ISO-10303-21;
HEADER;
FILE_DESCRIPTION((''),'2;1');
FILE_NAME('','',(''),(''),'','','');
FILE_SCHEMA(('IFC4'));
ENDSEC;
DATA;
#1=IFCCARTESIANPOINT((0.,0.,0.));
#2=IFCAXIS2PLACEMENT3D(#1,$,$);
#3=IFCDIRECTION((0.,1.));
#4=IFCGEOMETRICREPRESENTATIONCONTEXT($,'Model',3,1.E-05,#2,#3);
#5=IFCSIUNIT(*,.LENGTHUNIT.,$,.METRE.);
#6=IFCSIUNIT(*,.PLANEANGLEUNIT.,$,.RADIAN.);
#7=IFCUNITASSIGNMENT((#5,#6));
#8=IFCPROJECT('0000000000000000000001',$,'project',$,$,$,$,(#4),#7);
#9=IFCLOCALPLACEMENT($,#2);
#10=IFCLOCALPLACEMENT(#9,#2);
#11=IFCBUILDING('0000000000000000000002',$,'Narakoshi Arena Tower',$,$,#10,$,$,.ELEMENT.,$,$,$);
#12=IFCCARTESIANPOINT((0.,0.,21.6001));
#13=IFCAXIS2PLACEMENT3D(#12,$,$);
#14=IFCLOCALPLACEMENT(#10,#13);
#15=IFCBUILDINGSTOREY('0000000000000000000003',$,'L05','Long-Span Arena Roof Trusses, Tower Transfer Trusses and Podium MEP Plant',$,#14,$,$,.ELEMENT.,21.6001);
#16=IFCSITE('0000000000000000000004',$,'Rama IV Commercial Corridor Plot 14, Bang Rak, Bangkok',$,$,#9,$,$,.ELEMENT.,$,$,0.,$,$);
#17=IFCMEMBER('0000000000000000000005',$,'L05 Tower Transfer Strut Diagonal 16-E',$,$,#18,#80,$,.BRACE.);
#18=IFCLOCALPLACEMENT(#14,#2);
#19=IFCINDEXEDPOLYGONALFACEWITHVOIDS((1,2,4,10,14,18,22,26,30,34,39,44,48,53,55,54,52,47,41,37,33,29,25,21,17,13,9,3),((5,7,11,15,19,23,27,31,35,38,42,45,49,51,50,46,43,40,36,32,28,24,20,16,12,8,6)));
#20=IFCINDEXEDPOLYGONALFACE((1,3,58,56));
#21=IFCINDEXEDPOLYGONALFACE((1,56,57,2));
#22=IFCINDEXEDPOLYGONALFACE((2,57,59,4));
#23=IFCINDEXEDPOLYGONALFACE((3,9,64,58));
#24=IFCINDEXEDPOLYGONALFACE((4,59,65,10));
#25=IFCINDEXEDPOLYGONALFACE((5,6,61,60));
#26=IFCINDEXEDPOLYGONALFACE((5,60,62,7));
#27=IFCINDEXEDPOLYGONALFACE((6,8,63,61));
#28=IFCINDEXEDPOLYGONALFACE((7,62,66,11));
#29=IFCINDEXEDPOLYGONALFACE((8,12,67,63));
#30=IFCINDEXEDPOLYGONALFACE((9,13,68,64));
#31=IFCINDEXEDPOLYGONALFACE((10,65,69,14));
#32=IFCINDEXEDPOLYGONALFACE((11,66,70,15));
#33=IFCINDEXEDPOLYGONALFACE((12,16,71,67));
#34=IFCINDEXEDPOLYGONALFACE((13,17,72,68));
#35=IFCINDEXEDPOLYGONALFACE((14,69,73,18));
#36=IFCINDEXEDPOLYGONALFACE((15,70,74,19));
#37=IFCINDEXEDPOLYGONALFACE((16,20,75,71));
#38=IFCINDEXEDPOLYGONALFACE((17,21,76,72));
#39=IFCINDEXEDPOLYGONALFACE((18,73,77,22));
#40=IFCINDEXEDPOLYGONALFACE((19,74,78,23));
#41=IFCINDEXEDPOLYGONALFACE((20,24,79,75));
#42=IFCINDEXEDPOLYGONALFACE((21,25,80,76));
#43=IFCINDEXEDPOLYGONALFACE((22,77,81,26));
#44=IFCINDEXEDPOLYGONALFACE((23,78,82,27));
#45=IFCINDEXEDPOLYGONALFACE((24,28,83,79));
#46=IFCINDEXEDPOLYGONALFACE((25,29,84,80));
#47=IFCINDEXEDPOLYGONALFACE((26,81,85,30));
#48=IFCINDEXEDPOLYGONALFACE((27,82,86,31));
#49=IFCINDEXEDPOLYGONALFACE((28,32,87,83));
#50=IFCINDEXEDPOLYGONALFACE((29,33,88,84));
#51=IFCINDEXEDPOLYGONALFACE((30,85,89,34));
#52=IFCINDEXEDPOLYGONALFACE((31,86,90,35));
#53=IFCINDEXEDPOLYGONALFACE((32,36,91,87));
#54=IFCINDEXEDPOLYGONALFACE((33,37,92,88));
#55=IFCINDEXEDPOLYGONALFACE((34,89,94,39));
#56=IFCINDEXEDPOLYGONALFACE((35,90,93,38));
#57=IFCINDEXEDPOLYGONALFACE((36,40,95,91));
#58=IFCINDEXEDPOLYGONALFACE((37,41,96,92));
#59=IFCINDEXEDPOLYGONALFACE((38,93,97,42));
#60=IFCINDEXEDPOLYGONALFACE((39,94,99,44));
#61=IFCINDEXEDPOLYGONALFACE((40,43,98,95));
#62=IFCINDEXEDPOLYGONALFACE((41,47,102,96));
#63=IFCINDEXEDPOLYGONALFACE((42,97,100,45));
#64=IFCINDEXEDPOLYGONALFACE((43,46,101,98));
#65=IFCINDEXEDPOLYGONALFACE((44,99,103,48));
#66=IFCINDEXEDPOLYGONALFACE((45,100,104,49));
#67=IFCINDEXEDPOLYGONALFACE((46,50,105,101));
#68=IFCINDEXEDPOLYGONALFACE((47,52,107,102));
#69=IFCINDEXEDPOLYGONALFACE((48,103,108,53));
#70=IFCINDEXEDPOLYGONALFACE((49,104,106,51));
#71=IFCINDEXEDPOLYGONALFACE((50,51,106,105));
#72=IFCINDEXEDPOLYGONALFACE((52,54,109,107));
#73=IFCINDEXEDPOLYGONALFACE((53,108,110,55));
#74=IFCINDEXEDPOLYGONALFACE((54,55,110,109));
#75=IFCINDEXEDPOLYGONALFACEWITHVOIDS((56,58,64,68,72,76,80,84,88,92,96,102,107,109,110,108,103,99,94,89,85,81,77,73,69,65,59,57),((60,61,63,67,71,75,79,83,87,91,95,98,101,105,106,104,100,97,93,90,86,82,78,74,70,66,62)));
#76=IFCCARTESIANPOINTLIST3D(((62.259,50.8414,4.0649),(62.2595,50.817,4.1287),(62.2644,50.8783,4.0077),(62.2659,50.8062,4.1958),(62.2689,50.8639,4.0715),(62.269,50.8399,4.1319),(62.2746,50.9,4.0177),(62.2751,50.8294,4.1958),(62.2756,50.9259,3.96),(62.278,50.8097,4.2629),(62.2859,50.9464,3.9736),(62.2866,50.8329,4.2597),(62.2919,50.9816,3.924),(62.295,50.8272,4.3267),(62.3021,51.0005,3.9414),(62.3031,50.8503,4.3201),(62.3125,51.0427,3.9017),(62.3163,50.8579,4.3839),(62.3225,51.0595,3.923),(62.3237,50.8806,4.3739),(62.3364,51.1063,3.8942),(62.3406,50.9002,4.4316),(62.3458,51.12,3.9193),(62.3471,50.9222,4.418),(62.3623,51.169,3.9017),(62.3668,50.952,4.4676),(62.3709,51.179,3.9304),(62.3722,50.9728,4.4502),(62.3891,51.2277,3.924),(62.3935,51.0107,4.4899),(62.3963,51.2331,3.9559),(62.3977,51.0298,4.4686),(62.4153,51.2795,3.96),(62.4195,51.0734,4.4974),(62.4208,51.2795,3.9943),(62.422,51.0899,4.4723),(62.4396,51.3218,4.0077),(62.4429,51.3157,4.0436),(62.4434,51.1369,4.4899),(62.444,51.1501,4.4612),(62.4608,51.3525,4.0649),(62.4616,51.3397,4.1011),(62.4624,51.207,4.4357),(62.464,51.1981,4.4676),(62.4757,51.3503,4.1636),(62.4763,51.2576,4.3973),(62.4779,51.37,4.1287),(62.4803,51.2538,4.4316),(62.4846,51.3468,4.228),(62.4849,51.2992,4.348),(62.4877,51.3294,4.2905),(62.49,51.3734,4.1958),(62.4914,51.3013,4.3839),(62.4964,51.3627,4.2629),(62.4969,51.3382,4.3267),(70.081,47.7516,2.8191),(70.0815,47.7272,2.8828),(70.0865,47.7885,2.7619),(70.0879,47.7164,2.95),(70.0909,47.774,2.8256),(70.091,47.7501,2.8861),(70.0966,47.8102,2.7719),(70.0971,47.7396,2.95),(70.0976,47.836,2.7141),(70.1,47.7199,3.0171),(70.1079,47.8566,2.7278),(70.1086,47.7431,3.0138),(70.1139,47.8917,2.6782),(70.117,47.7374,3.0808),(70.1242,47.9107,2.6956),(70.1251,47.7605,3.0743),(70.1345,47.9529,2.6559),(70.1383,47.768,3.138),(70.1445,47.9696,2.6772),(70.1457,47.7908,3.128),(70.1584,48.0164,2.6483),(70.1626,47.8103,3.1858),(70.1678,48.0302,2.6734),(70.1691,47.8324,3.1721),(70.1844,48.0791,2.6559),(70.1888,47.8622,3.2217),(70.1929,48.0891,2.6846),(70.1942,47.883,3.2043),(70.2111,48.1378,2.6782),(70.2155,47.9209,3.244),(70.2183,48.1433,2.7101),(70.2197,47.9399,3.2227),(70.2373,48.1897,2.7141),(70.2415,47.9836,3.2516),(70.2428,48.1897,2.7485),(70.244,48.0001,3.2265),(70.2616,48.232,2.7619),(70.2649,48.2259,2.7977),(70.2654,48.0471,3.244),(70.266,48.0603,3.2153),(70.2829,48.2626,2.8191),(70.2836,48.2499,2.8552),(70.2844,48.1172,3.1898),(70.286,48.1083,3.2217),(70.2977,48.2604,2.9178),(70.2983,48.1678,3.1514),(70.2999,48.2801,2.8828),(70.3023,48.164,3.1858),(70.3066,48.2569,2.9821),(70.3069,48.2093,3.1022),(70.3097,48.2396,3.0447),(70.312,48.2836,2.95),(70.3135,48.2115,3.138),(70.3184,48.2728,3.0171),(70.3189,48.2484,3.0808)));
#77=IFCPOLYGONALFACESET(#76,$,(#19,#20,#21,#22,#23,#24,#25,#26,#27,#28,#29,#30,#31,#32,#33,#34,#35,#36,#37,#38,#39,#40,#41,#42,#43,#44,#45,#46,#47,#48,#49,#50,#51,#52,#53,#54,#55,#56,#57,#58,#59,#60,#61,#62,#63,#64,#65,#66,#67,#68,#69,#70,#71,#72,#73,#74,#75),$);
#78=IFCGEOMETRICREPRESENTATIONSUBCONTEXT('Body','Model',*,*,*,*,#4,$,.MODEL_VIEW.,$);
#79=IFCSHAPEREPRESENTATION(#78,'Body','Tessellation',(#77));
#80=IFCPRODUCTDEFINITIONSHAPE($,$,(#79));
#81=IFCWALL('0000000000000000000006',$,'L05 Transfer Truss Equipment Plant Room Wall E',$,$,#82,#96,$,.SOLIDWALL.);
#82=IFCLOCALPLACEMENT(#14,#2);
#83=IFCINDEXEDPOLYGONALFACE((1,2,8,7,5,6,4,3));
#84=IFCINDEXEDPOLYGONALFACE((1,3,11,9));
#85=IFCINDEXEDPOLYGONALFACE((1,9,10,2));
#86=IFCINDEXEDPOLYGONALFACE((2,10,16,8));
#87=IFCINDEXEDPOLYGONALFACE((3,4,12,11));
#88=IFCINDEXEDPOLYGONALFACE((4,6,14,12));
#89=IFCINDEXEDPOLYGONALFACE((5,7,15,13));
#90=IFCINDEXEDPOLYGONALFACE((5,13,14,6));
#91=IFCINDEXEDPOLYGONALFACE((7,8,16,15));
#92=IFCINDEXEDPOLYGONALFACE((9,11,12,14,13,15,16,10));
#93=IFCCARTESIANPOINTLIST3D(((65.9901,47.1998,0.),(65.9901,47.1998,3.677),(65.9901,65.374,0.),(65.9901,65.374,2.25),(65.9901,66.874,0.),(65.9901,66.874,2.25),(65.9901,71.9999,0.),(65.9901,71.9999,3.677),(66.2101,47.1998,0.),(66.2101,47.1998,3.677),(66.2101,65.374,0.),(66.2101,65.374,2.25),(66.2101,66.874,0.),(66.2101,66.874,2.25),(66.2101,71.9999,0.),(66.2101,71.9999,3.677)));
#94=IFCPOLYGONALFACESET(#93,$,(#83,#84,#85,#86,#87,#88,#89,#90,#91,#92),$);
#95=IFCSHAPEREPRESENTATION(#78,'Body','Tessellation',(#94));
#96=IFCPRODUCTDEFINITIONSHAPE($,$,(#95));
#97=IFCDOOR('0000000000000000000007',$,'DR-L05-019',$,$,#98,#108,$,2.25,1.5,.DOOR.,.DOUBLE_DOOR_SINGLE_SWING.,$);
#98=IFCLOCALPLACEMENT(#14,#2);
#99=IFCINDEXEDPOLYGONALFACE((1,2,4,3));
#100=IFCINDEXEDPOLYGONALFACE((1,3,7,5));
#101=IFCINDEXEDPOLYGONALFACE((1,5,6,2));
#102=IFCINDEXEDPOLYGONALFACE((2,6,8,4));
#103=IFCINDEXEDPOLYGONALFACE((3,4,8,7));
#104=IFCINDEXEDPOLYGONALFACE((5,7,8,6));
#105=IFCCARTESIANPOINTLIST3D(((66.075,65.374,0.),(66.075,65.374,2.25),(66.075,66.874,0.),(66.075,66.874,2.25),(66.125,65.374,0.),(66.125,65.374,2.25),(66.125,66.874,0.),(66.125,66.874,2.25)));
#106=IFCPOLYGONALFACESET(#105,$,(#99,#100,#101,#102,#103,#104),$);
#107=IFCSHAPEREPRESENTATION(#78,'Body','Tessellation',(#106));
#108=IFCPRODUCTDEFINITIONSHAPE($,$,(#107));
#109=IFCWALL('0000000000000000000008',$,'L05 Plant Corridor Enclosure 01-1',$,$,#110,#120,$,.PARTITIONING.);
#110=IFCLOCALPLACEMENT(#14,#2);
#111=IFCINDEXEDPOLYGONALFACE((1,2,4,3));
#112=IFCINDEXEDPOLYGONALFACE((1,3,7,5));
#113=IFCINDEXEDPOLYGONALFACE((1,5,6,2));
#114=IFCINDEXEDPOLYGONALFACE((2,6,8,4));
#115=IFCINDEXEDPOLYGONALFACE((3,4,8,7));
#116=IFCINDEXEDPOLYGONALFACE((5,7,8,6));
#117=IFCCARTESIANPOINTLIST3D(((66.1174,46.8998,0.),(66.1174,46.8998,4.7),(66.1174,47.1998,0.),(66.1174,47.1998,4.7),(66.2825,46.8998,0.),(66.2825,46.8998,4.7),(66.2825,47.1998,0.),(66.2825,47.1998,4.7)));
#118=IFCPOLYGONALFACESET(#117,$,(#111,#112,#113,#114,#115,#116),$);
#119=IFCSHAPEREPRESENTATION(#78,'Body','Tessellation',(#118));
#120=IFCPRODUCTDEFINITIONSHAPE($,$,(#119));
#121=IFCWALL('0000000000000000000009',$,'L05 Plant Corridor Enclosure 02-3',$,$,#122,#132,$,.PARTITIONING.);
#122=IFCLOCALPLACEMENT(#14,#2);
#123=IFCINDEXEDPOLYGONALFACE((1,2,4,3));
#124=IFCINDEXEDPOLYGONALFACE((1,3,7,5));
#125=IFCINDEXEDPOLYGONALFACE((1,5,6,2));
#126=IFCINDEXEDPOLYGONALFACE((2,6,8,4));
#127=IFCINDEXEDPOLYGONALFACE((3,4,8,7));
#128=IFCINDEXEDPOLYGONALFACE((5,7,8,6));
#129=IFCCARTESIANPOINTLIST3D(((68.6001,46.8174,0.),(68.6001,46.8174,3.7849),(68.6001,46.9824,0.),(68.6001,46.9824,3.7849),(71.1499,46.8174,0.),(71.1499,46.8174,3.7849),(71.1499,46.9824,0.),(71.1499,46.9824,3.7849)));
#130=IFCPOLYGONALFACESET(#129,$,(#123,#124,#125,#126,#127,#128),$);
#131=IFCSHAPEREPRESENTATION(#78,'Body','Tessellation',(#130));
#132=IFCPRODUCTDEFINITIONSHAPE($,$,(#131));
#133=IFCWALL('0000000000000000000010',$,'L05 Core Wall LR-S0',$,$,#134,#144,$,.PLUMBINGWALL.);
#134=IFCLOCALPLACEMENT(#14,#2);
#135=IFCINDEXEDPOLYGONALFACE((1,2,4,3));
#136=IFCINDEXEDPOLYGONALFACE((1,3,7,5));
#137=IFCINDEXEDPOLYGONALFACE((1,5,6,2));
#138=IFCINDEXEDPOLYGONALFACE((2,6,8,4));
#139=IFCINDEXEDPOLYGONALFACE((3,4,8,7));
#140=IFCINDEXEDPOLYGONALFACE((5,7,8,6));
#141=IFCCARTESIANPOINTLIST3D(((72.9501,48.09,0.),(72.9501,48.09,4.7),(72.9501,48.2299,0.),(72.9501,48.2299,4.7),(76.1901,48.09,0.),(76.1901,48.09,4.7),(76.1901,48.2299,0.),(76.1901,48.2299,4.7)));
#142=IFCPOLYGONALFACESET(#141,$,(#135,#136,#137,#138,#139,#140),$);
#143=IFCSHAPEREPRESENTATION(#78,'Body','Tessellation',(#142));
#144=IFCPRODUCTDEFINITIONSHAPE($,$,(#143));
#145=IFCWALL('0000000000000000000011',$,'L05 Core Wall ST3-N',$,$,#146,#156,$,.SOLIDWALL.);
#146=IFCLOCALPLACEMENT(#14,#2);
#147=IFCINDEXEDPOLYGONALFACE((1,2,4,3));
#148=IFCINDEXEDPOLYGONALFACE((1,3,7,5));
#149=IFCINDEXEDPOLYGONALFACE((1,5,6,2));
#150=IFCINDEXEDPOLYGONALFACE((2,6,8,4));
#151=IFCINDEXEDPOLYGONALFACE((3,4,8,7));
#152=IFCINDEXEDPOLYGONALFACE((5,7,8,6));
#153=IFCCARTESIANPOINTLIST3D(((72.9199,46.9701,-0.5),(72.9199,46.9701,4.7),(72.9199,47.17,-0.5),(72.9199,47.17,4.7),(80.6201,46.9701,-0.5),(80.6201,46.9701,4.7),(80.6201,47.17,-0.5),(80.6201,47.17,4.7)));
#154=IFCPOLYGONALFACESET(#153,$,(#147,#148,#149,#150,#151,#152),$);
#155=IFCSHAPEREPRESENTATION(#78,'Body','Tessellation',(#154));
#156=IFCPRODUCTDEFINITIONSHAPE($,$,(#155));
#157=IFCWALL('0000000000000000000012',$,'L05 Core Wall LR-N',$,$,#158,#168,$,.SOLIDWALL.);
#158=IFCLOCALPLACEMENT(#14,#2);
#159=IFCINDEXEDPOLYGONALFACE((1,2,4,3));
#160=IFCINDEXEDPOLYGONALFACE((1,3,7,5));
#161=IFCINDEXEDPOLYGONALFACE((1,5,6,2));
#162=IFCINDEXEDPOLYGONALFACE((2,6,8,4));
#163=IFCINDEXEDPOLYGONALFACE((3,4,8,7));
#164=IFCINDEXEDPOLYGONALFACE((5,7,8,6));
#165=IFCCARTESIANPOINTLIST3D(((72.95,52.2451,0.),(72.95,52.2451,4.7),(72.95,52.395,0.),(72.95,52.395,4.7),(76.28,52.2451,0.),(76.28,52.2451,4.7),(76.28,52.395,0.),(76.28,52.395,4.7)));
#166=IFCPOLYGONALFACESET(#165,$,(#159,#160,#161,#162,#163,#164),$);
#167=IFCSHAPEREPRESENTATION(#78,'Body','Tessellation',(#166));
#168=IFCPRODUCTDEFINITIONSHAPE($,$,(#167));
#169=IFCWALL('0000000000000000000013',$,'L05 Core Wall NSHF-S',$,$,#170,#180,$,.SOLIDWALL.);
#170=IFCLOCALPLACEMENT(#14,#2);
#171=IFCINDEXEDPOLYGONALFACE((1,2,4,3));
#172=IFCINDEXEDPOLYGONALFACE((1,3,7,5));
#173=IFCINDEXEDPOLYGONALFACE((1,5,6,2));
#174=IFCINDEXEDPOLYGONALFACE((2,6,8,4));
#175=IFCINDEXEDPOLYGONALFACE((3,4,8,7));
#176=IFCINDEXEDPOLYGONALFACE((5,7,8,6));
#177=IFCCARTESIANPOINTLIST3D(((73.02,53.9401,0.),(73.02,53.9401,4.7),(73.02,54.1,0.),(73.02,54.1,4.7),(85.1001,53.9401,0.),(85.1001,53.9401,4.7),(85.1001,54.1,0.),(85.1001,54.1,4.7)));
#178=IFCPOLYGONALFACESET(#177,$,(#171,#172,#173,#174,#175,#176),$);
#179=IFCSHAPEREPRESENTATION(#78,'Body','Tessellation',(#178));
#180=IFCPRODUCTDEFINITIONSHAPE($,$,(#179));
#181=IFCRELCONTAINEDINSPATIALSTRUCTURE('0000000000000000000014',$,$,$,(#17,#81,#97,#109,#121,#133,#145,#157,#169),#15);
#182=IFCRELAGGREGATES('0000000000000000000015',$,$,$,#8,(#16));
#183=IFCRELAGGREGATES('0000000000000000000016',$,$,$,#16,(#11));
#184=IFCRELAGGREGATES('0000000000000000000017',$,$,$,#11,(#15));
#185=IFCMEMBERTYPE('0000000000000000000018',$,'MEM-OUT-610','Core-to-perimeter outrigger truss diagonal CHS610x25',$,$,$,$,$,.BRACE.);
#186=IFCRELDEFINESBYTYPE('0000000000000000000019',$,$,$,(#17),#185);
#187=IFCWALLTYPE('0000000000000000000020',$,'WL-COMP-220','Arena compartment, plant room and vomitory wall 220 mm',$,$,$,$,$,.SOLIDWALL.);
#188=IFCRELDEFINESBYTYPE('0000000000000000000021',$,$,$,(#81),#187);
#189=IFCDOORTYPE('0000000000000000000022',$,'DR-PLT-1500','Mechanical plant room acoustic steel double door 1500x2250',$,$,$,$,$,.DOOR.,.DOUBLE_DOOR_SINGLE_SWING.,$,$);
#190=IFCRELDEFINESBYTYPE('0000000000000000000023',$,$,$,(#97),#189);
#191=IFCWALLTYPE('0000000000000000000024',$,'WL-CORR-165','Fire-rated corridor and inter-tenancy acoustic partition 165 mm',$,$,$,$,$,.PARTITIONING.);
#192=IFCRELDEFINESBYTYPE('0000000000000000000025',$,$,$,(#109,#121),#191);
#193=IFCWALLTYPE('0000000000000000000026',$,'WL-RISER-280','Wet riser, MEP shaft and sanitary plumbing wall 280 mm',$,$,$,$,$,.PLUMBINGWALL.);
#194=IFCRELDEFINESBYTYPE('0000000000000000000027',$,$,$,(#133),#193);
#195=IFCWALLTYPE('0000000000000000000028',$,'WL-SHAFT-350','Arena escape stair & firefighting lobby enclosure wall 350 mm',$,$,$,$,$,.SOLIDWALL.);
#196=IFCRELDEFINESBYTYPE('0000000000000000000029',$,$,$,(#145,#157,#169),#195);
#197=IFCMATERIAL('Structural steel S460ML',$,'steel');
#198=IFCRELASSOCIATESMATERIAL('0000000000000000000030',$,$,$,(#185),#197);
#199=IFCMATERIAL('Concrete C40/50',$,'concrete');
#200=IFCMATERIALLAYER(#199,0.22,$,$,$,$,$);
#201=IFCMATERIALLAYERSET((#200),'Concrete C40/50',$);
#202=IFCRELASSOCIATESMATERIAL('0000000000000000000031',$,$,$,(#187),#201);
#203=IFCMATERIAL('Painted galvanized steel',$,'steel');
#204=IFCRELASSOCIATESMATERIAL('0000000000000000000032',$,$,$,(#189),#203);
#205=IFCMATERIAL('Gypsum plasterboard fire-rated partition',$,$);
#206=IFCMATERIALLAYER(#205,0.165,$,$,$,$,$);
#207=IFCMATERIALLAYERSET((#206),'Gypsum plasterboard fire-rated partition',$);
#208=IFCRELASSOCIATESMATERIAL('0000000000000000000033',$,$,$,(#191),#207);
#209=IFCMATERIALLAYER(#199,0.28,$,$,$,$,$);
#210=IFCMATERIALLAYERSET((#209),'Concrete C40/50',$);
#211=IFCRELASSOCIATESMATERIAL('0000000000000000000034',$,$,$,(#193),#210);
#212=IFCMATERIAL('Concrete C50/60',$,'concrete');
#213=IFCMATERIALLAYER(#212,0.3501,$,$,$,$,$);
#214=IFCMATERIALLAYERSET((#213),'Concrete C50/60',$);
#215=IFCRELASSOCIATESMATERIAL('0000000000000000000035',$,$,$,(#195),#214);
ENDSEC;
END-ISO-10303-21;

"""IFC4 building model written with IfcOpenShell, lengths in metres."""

from ifc_helpers import new_model, si_unit, direction, frame, frame_2d, origin, origin_2d, place, context, subcontext, project, spatial, rectangle, hollow_circle, extrude, material, layer, layer_set, material_profile, profile_set, type_object, element, fill, save


model = new_model("IFC4")

# Units and contexts
model_context = context("Model", 3, precision=1e-05, world=origin(), true_north=direction((0.0, 1.0)))
body_context = subcontext(model_context, "Body", "Model", "MODEL_VIEW")
ifc_project = project(units=[si_unit("LENGTHUNIT", "METRE"), si_unit("PLANEANGLEUNIT", "RADIAN")], contexts=[model_context])

# Site, building, storey
site_placement = place(None, origin())
site = spatial("IfcSite", under=ifc_project, at=site_placement, Name="Rama IV Commercial Corridor Plot 14, Bang Rak, Bangkok", CompositionType="ELEMENT", RefElevation=0.0)
building_placement = place(site_placement, origin())
building = spatial("IfcBuilding", under=site, at=building_placement, Name="Narakoshi Arena Tower", CompositionType="ELEMENT")
storey_placement = place(building_placement, frame((0.0, 0.0, 21.6001)))
storey = spatial("IfcBuildingStorey", under=building, at=storey_placement, Name="L05", Description="Long-Span Arena Roof Trusses, Tower Transfer Trusses and Podium MEP Plant", CompositionType="ELEMENT", Elevation=21.6001)

# Shared definitions
ifc_material_1 = material(Name="Structural steel S460ML", Category="steel")

# Member
ifc_material_profile_1 = material_profile(ifc_material_1, hollow_circle(Radius=0.3049, WallThickness=0.0249, at=origin_2d()), Name="CHS610x25")
ifc_profile_set_1 = profile_set([ifc_material_profile_1], Name="Structural steel S460ML")
member_type = type_object("IfcMemberType", Name="MEM-OUT-610", Description="Core-to-perimeter outrigger truss diagonal CHS610x25", PredefinedType="BRACE", material=ifc_profile_set_1)
member_1_placement = place(storey_placement, frame((70.2, 48.0, 2.95), z_axis=(-0.920026, 0.363427, 0.146537), x_axis=(-0.367393, -0.930066, 0.0)))
element("IfcMember", 1, at=member_1_placement, inside=storey, type_object=member_type, Name="L05 Tower Transfer Strut Diagonal 16-E", PredefinedType="BRACE", context=body_context, shape_type="SweptSolid", body=[
    extrude(hollow_circle(Radius=0.3049, WallThickness=0.0249, at=origin_2d()), origin(), (0.0, 0.0, 1.0), 8.502),
])

# Wall, opening, door
ifc_material_2 = material(Name="Concrete C40/50", Category="concrete")
ifc_layer_1 = layer(ifc_material_2, 0.22)
ifc_layer_set_1 = layer_set([ifc_layer_1], Name="Concrete C40/50")
wall_type_1 = type_object("IfcWallType", Name="WL-COMP-220", Description="Arena compartment, plant room and vomitory wall 220 mm", PredefinedType="SOLIDWALL", material=ifc_layer_set_1)
wall_1_placement = place(storey_placement, frame((66.1001, 47.2, 0.0), z_axis=(0.0, 0.0, 1.0), x_axis=(0.0, 1.0, 0.0)))
wall_1 = element("IfcWall", 2, at=wall_1_placement, inside=storey, type_object=wall_type_1, Name="L05 Transfer Truss Equipment Plant Room Wall E", PredefinedType="SOLIDWALL", context=body_context, shape_type="SweptSolid", body=[
    extrude(rectangle(XDim=24.8, YDim=0.22, at=frame_2d((12.3999, 0.0))), origin(), (0.0, 0.0, 1.0), 3.677),
])
opening_placement = place(wall_1_placement, frame((18.1741, 0.0, 0.0)))
opening = element("IfcOpeningElement", 3, at=opening_placement, cuts=wall_1, PredefinedType="OPENING", context=body_context, shape_type="SweptSolid", body=[
    extrude(rectangle(XDim=1.5, YDim=2.25, at=frame_2d((0.75, 1.125))), frame((0.0, 0.1199, 0.0), z_axis=(0.0, -1.0, 0.0), x_axis=(1.0, 0.0, 0.0)), (0.0, 0.0, 1.0), 0.24),
])
ifc_material_3 = material(Name="Painted galvanized steel", Category="steel")
door_type = type_object("IfcDoorType", Name="DR-PLT-1500", Description="Mechanical plant room acoustic steel double door 1500x2250", OperationType="DOUBLE_DOOR_SINGLE_SWING", PredefinedType="DOOR", material=ifc_material_3)
door_placement = place(opening_placement, frame((1.5, 0.0, 0.0), z_axis=(0.0, 0.0, 1.0), x_axis=(-1.0, 0.0, 0.0)))
door = element("IfcDoor", 4, at=door_placement, inside=storey, type_object=door_type, Name="DR-L05-019", OperationType="DOUBLE_DOOR_SINGLE_SWING", OverallHeight=2.25, OverallWidth=1.5, PredefinedType="DOOR", context=body_context, shape_type="SweptSolid", body=[
    extrude(rectangle(XDim=1.5, YDim=2.25, at=frame_2d((0.75, 1.125))), frame((0.0, 0.0249, 0.0), z_axis=(0.0, -1.0, 0.0), x_axis=(1.0, 0.0, 0.0)), (0.0, 0.0, 1.0), 0.05),
])
fill(opening, door)

# Walls
ifc_material_4 = material(Name="Gypsum plasterboard fire-rated partition")
ifc_layer_2 = layer(ifc_material_4, 0.165)
ifc_layer_set_2 = layer_set([ifc_layer_2], Name="Gypsum plasterboard fire-rated partition")
wall_type_2 = type_object("IfcWallType", Name="WL-CORR-165", Description="Fire-rated corridor and inter-tenancy acoustic partition 165 mm", PredefinedType="PARTITIONING", material=ifc_layer_set_2)
wall_2_placement = place(storey_placement, frame((66.2, 46.8999, 0.0), z_axis=(0.0, 0.0, 1.0), x_axis=(0.0, 1.0, 0.0)))
element("IfcWall", 5, at=wall_2_placement, inside=storey, type_object=wall_type_2, Name="L05 Plant Corridor Enclosure 01-1", PredefinedType="PARTITIONING", context=body_context, shape_type="SweptSolid", body=[
    extrude(rectangle(XDim=0.3, YDim=0.165, at=frame_2d((0.1499, 0.0))), origin(), (0.0, 0.0, 1.0), 4.7),
])
wall_3_placement = place(storey_placement, frame((68.6001, 46.8999, 0.0), z_axis=(0.0, 0.0, 1.0), x_axis=(1.0, 0.0, 0.0)))
element("IfcWall", 6, at=wall_3_placement, inside=storey, type_object=wall_type_2, Name="L05 Plant Corridor Enclosure 02-3", PredefinedType="PARTITIONING", context=body_context, shape_type="SweptSolid", body=[
    extrude(rectangle(XDim=2.5498, YDim=0.165, at=frame_2d((1.2749, 0.0))), origin(), (0.0, 0.0, 1.0), 3.7849),
])
ifc_layer_3 = layer(ifc_material_2, 0.28)
ifc_layer_set_3 = layer_set([ifc_layer_3], Name="Concrete C40/50")
wall_type_3 = type_object("IfcWallType", Name="WL-RISER-280", Description="Wet riser, MEP shaft and sanitary plumbing wall 280 mm", PredefinedType="PLUMBINGWALL", material=ifc_layer_set_3)
wall_4_placement = place(storey_placement, frame((72.95, 48.1599, 0.0), z_axis=(0.0, 0.0, 1.0), x_axis=(1.0, 0.0, 0.0)))
element("IfcWall", 7, at=wall_4_placement, inside=storey, type_object=wall_type_3, Name="L05 Core Wall LR-S0", PredefinedType="PLUMBINGWALL", context=body_context, shape_type="SweptSolid", body=[
    extrude(rectangle(XDim=3.24, YDim=0.1399, at=frame_2d((1.6201, 0.0))), origin(), (0.0, 0.0, 1.0), 4.7),
])
ifc_material_5 = material(Name="Concrete C50/60", Category="concrete")
ifc_layer_4 = layer(ifc_material_5, 0.3501)
ifc_layer_set_4 = layer_set([ifc_layer_4], Name="Concrete C50/60")
wall_type_4 = type_object("IfcWallType", Name="WL-SHAFT-350", Description="Arena escape stair & firefighting lobby enclosure wall 350 mm", PredefinedType="SOLIDWALL", material=ifc_layer_set_4)
wall_5_placement = place(storey_placement, frame((72.9199, 47.0701, -0.5), z_axis=(0.0, 0.0, 1.0), x_axis=(1.0, 0.0, 0.0)))
element("IfcWall", 8, at=wall_5_placement, inside=storey, type_object=wall_type_4, Name="L05 Core Wall ST3-N", PredefinedType="SOLIDWALL", context=body_context, shape_type="SweptSolid", body=[
    extrude(rectangle(XDim=7.7002, YDim=0.2, at=frame_2d((3.8501, 0.0))), origin(), (0.0, 0.0, 1.0), 5.2),
])
wall_6_placement = place(storey_placement, frame((72.95, 52.3201, 0.0), z_axis=(0.0, 0.0, 1.0), x_axis=(1.0, 0.0, 0.0)))
element("IfcWall", 9, at=wall_6_placement, inside=storey, type_object=wall_type_4, Name="L05 Core Wall LR-N", PredefinedType="SOLIDWALL", context=body_context, shape_type="SweptSolid", body=[
    extrude(rectangle(XDim=3.3301, YDim=0.1499, at=frame_2d((1.665, 0.0))), origin(), (0.0, 0.0, 1.0), 4.7),
])
wall_7_placement = place(storey_placement, frame((73.02, 54.02, 0.0), z_axis=(0.0, 0.0, 1.0), x_axis=(1.0, 0.0, 0.0)))
element("IfcWall", 10, at=wall_7_placement, inside=storey, type_object=wall_type_4, Name="L05 Core Wall NSHF-S", PredefinedType="SOLIDWALL", context=body_context, shape_type="SweptSolid", body=[
    extrude(rectangle(XDim=12.0801, YDim=0.1599, at=frame_2d((6.04, 0.0))), origin(), (0.0, 0.0, 1.0), 4.7),
])

save(model, "model.ifc")
